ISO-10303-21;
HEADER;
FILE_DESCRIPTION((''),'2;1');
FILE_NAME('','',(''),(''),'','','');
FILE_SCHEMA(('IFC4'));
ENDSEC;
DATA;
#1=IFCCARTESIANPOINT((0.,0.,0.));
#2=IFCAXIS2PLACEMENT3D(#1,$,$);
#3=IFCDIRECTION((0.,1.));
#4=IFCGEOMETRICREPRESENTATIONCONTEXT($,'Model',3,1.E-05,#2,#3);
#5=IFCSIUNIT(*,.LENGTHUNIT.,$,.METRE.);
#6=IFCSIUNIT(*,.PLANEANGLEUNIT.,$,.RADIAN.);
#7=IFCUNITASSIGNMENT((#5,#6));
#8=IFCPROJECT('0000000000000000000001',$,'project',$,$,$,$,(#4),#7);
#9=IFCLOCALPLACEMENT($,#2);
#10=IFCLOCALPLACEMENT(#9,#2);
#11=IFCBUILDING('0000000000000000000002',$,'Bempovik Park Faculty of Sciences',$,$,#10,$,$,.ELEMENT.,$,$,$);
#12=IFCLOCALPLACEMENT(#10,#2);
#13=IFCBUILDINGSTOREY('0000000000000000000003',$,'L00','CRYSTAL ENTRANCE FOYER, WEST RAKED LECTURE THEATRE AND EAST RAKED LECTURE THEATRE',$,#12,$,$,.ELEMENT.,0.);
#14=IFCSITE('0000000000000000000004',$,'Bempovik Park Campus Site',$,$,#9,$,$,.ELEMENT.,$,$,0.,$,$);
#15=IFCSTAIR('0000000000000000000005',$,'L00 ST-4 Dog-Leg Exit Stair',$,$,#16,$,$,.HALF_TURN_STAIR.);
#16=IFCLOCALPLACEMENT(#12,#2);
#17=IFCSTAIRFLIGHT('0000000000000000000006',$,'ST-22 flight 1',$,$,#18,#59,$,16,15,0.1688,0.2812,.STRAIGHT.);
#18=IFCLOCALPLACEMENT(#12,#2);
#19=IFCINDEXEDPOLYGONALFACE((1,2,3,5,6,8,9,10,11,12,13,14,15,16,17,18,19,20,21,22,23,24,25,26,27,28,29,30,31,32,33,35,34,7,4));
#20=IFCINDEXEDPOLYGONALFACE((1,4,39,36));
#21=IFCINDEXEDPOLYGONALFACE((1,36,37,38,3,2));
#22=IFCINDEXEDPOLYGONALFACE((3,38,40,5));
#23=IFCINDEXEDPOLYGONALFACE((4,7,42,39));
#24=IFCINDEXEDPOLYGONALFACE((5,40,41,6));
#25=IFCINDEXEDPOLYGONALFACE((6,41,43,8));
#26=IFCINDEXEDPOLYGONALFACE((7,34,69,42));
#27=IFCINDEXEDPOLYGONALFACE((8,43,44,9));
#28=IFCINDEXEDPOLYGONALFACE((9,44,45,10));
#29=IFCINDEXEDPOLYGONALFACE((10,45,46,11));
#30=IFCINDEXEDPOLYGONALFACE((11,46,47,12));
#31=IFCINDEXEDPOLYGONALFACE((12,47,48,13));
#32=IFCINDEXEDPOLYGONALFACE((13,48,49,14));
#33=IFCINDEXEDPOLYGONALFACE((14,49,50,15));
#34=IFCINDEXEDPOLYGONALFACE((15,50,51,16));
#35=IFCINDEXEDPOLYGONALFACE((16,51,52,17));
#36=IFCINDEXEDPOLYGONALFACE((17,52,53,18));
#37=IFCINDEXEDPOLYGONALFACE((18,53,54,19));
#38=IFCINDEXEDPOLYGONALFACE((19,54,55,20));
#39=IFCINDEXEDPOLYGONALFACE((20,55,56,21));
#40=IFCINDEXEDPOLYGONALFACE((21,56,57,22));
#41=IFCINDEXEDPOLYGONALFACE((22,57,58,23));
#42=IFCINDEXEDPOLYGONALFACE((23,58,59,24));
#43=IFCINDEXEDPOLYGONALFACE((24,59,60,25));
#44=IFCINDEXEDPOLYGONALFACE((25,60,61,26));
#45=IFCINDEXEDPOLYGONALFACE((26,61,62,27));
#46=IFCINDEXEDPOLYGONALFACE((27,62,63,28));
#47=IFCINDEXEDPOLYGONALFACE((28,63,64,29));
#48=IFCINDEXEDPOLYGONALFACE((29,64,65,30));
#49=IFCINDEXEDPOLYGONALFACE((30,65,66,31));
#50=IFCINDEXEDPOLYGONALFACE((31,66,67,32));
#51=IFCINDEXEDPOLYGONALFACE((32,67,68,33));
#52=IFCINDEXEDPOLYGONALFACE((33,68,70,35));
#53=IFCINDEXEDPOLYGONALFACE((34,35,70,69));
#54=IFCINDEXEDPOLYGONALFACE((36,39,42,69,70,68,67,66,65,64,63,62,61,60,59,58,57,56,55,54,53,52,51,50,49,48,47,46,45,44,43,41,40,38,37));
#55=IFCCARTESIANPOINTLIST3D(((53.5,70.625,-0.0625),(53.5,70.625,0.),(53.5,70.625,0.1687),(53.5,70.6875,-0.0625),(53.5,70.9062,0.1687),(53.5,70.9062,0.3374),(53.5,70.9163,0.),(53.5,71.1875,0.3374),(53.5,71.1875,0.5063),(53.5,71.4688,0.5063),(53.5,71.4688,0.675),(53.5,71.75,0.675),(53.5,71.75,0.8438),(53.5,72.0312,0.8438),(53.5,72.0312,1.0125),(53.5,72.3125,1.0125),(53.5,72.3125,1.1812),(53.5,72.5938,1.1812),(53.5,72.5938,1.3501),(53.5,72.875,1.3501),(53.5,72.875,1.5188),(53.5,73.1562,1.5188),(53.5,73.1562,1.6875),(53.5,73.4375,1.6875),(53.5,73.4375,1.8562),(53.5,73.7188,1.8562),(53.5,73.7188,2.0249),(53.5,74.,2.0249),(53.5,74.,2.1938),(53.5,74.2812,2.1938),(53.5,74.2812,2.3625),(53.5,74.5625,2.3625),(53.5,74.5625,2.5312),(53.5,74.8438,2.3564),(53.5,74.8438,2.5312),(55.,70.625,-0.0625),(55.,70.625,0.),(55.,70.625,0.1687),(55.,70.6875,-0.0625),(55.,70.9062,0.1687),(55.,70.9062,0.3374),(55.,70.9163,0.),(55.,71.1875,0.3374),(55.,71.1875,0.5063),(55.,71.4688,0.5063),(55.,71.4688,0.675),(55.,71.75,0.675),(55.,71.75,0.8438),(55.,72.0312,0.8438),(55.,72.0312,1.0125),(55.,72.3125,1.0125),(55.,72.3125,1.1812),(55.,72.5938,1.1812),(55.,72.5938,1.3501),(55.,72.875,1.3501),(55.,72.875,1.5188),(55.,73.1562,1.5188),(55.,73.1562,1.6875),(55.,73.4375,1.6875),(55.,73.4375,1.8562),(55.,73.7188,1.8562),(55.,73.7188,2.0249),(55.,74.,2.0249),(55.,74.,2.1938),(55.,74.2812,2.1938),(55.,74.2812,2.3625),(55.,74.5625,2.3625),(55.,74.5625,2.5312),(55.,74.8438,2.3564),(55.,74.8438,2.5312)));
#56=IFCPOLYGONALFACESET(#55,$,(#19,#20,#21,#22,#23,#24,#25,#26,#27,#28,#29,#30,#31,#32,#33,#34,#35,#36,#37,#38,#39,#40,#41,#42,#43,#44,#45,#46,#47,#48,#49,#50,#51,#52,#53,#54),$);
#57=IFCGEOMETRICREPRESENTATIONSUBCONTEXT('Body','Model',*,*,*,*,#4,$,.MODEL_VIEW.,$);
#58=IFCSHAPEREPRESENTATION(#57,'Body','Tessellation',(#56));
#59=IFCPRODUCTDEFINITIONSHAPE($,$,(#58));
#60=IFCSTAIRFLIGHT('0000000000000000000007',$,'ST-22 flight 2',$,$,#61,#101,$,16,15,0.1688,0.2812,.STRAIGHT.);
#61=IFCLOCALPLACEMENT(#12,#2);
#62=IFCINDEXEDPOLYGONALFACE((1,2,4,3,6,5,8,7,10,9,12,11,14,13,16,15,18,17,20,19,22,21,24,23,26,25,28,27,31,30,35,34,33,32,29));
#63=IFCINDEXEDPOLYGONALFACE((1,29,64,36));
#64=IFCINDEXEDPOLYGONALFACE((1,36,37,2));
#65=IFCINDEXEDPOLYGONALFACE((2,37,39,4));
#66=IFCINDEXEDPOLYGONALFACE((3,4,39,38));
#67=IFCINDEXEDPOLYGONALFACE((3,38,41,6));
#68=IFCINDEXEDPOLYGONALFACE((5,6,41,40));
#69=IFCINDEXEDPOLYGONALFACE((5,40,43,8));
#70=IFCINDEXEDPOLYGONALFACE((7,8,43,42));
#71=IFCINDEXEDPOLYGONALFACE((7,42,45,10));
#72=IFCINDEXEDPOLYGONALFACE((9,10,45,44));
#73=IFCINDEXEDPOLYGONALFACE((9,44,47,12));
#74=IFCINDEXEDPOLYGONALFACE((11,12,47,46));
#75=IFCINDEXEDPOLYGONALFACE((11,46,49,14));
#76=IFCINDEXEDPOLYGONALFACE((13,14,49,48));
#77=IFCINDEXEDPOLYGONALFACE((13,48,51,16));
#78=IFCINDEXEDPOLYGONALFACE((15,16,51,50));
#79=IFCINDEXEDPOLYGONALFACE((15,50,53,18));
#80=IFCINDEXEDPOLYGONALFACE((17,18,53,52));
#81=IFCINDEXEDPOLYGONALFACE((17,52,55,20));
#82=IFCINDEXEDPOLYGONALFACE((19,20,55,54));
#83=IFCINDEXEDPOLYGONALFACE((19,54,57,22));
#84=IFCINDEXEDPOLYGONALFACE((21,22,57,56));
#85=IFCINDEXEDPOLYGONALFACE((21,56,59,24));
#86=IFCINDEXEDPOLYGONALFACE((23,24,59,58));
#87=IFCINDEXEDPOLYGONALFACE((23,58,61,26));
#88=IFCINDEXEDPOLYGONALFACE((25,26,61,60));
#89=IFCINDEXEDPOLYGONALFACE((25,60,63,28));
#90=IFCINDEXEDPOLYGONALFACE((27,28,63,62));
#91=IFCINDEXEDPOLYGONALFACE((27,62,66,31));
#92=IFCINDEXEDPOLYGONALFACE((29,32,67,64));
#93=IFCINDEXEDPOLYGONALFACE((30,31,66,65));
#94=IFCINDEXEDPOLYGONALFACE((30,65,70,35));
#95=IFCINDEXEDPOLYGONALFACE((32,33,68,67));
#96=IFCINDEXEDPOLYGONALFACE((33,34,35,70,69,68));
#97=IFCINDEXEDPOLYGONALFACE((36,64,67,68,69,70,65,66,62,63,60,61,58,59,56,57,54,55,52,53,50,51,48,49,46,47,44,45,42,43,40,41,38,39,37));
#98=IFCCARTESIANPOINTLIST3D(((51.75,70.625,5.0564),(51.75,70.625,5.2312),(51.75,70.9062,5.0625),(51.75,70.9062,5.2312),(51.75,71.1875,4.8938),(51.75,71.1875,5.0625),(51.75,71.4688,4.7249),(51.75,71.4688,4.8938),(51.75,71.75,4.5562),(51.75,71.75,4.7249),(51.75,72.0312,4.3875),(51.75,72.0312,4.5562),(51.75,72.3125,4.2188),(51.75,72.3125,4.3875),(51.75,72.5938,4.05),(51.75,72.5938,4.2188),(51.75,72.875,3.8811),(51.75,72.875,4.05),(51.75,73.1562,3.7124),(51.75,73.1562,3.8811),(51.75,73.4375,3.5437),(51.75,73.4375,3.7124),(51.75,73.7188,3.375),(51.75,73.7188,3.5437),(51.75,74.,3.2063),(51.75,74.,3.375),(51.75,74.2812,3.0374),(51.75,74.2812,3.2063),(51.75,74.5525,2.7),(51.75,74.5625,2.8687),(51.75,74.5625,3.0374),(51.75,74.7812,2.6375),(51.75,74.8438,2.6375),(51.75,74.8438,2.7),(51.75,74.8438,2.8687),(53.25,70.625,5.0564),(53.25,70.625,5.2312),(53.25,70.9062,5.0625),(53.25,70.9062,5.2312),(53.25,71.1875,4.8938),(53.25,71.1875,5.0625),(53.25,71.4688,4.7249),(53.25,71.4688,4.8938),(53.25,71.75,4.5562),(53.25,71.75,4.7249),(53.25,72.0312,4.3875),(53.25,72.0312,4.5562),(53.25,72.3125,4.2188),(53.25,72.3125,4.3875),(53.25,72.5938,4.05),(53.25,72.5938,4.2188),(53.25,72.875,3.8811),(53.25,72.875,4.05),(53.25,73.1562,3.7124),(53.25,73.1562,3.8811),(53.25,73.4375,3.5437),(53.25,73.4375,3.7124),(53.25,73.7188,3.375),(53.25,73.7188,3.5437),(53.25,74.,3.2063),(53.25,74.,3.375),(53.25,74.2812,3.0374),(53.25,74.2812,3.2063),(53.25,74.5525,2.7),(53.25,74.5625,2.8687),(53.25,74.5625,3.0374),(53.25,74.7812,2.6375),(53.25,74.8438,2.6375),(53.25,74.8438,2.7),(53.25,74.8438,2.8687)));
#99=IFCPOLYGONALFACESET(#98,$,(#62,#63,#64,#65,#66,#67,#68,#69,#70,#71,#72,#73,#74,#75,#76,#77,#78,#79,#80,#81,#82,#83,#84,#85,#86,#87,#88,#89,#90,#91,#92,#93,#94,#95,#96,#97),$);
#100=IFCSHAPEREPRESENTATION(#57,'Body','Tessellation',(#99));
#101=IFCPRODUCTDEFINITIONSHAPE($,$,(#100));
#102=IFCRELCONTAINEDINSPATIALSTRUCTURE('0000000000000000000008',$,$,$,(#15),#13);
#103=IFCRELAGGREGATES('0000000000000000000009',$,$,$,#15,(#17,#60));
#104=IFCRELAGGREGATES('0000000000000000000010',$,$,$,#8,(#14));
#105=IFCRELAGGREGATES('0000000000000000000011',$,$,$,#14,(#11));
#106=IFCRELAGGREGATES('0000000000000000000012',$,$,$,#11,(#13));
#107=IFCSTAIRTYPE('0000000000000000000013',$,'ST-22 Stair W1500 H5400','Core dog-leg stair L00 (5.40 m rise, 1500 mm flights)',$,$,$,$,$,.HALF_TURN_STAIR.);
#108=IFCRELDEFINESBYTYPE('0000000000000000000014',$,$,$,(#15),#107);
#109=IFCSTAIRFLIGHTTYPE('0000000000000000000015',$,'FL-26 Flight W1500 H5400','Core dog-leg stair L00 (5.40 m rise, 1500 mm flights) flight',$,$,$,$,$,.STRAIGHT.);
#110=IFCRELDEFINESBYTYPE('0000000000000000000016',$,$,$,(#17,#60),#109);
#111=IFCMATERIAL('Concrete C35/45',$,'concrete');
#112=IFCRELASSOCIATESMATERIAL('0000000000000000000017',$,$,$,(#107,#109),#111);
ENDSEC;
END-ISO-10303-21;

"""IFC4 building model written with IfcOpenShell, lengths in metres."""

from ifc_helpers import new_model, si_unit, direction, frame, origin, place, context, subcontext, project, spatial, polyline, outline, extrude, material, type_object, element, aggregate, save


model = new_model("IFC4")

# Units and contexts
model_context = context("Model", 3, precision=1e-05, world=origin(), true_north=direction((0.0, 1.0)))
body_context = subcontext(model_context, "Body", "Model", "MODEL_VIEW")
ifc_project = project(units=[si_unit("LENGTHUNIT", "METRE"), si_unit("PLANEANGLEUNIT", "RADIAN")], contexts=[model_context])

# Site, building, storey
site_placement = place(None, origin())
site = spatial("IfcSite", under=ifc_project, at=site_placement, Name="Bempovik Park Campus Site", CompositionType="ELEMENT", RefElevation=0.0)
building_placement = place(site_placement, origin())
building = spatial("IfcBuilding", under=site, at=building_placement, Name="Bempovik Park Faculty of Sciences", CompositionType="ELEMENT")
storey_placement = place(building_placement, origin())
storey = spatial("IfcBuildingStorey", under=building, at=storey_placement, Name="L00", Description="CRYSTAL ENTRANCE FOYER, WEST RAKED LECTURE THEATRE AND EAST RAKED LECTURE THEATRE", CompositionType="ELEMENT", Elevation=0.0)

# Shared definitions
ifc_material_1 = material(Name="Concrete C35/45", Category="concrete")

# Stair, stair flights
stair_type = type_object("IfcStairType", Name="ST-22 Stair W1500 H5400", Description="Core dog-leg stair L00 (5.40 m rise, 1500 mm flights)", PredefinedType="HALF_TURN_STAIR", material=ifc_material_1)
stair_placement = place(storey_placement, origin())
stair = element("IfcStair", 1, at=stair_placement, inside=storey, type_object=stair_type, Name="L00 ST-4 Dog-Leg Exit Stair", PredefinedType="HALF_TURN_STAIR")
stair_flight_type = type_object("IfcStairFlightType", Name="FL-26 Flight W1500 H5400", Description="Core dog-leg stair L00 (5.40 m rise, 1500 mm flights) flight", PredefinedType="STRAIGHT", material=ifc_material_1)
stair_flight_1_placement = place(storey_placement, frame((54.25, 70.625, 0.0), z_axis=(0.0, 0.0, 1.0), x_axis=(0.0, 1.0, 0.0)))
stair_flight_1 = element("IfcStairFlight", 2, at=stair_flight_1_placement, type_object=stair_flight_type, Name="ST-22 flight 1", NumberOfRisers=16, NumberOfTreads=15, PredefinedType="STRAIGHT", RiserHeight=0.1688, TreadLength=0.2812, context=body_context, shape_type="SweptSolid", body=[
    extrude(outline(polyline([(0.0, 0.0), (0.0, 0.1687), (0.2812, 0.1687), (0.2812, 0.3374), (0.5625, 0.3374), (0.5625, 0.5063), (0.8438, 0.5063), (0.8438, 0.675), (1.125, 0.675), (1.125, 0.8438), (1.4062, 0.8438), (1.4062, 1.0125), (1.6875, 1.0125), (1.6875, 1.1812), (1.9688, 1.1812), (1.9688, 1.3501), (2.25, 1.3501), (2.25, 1.5188), (2.5312, 1.5188), (2.5312, 1.6875), (2.8125, 1.6875), (2.8125, 1.8562), (3.0938, 1.8562), (3.0938, 2.0249), (3.375, 2.0249), (3.375, 2.1938), (3.6562, 2.1938), (3.6562, 2.3625), (3.9375, 2.3625), (3.9375, 2.5312), (4.2188, 2.5312), (4.2188, 2.7), (4.2188, 2.3564), (0.2913, 0.0), (0.0625, -0.0625), (0.0, -0.0625), (0.0, 0.0)])), frame((0.0, 0.75, 0.0), z_axis=(0.0, -1.0, 0.0), x_axis=(1.0, 0.0, 0.0)), (0.0, 0.0, 1.0), 1.5),
])
stair_flight_2_placement = place(storey_placement, frame((52.5, 74.8438, 2.7), z_axis=(0.0, 0.0, 1.0), x_axis=(0.0, -1.0, 0.0)))
stair_flight_2 = element("IfcStairFlight", 3, at=stair_flight_2_placement, type_object=stair_flight_type, Name="ST-22 flight 2", NumberOfRisers=16, NumberOfTreads=15, PredefinedType="STRAIGHT", RiserHeight=0.1688, TreadLength=0.2812, context=body_context, shape_type="SweptSolid", body=[
    extrude(outline(polyline([(0.0, 0.0), (0.0, 0.1687), (0.2812, 0.1687), (0.2812, 0.3374), (0.5625, 0.3374), (0.5625, 0.5063), (0.8438, 0.5063), (0.8438, 0.675), (1.125, 0.675), (1.125, 0.8438), (1.4062, 0.8438), (1.4062, 1.0125), (1.6875, 1.0125), (1.6875, 1.1812), (1.9688, 1.1812), (1.9688, 1.3501), (2.25, 1.3501), (2.25, 1.5188), (2.5312, 1.5188), (2.5312, 1.6875), (2.8125, 1.6875), (2.8125, 1.8562), (3.0938, 1.8562), (3.0938, 2.0249), (3.375, 2.0249), (3.375, 2.1938), (3.6562, 2.1938), (3.6562, 2.3625), (3.9375, 2.3625), (3.9375, 2.5312), (4.2188, 2.5312), (4.2188, 2.7), (4.2188, 2.3564), (0.2913, 0.0), (0.0625, -0.0625), (0.0, -0.0625), (0.0, 0.0)])), frame((0.0, 0.75, 0.0), z_axis=(0.0, -1.0, 0.0), x_axis=(1.0, 0.0, 0.0)), (0.0, 0.0, 1.0), 1.5),
])
aggregate(stair, [stair_flight_1, stair_flight_2])

save(model, "model.ifc")
